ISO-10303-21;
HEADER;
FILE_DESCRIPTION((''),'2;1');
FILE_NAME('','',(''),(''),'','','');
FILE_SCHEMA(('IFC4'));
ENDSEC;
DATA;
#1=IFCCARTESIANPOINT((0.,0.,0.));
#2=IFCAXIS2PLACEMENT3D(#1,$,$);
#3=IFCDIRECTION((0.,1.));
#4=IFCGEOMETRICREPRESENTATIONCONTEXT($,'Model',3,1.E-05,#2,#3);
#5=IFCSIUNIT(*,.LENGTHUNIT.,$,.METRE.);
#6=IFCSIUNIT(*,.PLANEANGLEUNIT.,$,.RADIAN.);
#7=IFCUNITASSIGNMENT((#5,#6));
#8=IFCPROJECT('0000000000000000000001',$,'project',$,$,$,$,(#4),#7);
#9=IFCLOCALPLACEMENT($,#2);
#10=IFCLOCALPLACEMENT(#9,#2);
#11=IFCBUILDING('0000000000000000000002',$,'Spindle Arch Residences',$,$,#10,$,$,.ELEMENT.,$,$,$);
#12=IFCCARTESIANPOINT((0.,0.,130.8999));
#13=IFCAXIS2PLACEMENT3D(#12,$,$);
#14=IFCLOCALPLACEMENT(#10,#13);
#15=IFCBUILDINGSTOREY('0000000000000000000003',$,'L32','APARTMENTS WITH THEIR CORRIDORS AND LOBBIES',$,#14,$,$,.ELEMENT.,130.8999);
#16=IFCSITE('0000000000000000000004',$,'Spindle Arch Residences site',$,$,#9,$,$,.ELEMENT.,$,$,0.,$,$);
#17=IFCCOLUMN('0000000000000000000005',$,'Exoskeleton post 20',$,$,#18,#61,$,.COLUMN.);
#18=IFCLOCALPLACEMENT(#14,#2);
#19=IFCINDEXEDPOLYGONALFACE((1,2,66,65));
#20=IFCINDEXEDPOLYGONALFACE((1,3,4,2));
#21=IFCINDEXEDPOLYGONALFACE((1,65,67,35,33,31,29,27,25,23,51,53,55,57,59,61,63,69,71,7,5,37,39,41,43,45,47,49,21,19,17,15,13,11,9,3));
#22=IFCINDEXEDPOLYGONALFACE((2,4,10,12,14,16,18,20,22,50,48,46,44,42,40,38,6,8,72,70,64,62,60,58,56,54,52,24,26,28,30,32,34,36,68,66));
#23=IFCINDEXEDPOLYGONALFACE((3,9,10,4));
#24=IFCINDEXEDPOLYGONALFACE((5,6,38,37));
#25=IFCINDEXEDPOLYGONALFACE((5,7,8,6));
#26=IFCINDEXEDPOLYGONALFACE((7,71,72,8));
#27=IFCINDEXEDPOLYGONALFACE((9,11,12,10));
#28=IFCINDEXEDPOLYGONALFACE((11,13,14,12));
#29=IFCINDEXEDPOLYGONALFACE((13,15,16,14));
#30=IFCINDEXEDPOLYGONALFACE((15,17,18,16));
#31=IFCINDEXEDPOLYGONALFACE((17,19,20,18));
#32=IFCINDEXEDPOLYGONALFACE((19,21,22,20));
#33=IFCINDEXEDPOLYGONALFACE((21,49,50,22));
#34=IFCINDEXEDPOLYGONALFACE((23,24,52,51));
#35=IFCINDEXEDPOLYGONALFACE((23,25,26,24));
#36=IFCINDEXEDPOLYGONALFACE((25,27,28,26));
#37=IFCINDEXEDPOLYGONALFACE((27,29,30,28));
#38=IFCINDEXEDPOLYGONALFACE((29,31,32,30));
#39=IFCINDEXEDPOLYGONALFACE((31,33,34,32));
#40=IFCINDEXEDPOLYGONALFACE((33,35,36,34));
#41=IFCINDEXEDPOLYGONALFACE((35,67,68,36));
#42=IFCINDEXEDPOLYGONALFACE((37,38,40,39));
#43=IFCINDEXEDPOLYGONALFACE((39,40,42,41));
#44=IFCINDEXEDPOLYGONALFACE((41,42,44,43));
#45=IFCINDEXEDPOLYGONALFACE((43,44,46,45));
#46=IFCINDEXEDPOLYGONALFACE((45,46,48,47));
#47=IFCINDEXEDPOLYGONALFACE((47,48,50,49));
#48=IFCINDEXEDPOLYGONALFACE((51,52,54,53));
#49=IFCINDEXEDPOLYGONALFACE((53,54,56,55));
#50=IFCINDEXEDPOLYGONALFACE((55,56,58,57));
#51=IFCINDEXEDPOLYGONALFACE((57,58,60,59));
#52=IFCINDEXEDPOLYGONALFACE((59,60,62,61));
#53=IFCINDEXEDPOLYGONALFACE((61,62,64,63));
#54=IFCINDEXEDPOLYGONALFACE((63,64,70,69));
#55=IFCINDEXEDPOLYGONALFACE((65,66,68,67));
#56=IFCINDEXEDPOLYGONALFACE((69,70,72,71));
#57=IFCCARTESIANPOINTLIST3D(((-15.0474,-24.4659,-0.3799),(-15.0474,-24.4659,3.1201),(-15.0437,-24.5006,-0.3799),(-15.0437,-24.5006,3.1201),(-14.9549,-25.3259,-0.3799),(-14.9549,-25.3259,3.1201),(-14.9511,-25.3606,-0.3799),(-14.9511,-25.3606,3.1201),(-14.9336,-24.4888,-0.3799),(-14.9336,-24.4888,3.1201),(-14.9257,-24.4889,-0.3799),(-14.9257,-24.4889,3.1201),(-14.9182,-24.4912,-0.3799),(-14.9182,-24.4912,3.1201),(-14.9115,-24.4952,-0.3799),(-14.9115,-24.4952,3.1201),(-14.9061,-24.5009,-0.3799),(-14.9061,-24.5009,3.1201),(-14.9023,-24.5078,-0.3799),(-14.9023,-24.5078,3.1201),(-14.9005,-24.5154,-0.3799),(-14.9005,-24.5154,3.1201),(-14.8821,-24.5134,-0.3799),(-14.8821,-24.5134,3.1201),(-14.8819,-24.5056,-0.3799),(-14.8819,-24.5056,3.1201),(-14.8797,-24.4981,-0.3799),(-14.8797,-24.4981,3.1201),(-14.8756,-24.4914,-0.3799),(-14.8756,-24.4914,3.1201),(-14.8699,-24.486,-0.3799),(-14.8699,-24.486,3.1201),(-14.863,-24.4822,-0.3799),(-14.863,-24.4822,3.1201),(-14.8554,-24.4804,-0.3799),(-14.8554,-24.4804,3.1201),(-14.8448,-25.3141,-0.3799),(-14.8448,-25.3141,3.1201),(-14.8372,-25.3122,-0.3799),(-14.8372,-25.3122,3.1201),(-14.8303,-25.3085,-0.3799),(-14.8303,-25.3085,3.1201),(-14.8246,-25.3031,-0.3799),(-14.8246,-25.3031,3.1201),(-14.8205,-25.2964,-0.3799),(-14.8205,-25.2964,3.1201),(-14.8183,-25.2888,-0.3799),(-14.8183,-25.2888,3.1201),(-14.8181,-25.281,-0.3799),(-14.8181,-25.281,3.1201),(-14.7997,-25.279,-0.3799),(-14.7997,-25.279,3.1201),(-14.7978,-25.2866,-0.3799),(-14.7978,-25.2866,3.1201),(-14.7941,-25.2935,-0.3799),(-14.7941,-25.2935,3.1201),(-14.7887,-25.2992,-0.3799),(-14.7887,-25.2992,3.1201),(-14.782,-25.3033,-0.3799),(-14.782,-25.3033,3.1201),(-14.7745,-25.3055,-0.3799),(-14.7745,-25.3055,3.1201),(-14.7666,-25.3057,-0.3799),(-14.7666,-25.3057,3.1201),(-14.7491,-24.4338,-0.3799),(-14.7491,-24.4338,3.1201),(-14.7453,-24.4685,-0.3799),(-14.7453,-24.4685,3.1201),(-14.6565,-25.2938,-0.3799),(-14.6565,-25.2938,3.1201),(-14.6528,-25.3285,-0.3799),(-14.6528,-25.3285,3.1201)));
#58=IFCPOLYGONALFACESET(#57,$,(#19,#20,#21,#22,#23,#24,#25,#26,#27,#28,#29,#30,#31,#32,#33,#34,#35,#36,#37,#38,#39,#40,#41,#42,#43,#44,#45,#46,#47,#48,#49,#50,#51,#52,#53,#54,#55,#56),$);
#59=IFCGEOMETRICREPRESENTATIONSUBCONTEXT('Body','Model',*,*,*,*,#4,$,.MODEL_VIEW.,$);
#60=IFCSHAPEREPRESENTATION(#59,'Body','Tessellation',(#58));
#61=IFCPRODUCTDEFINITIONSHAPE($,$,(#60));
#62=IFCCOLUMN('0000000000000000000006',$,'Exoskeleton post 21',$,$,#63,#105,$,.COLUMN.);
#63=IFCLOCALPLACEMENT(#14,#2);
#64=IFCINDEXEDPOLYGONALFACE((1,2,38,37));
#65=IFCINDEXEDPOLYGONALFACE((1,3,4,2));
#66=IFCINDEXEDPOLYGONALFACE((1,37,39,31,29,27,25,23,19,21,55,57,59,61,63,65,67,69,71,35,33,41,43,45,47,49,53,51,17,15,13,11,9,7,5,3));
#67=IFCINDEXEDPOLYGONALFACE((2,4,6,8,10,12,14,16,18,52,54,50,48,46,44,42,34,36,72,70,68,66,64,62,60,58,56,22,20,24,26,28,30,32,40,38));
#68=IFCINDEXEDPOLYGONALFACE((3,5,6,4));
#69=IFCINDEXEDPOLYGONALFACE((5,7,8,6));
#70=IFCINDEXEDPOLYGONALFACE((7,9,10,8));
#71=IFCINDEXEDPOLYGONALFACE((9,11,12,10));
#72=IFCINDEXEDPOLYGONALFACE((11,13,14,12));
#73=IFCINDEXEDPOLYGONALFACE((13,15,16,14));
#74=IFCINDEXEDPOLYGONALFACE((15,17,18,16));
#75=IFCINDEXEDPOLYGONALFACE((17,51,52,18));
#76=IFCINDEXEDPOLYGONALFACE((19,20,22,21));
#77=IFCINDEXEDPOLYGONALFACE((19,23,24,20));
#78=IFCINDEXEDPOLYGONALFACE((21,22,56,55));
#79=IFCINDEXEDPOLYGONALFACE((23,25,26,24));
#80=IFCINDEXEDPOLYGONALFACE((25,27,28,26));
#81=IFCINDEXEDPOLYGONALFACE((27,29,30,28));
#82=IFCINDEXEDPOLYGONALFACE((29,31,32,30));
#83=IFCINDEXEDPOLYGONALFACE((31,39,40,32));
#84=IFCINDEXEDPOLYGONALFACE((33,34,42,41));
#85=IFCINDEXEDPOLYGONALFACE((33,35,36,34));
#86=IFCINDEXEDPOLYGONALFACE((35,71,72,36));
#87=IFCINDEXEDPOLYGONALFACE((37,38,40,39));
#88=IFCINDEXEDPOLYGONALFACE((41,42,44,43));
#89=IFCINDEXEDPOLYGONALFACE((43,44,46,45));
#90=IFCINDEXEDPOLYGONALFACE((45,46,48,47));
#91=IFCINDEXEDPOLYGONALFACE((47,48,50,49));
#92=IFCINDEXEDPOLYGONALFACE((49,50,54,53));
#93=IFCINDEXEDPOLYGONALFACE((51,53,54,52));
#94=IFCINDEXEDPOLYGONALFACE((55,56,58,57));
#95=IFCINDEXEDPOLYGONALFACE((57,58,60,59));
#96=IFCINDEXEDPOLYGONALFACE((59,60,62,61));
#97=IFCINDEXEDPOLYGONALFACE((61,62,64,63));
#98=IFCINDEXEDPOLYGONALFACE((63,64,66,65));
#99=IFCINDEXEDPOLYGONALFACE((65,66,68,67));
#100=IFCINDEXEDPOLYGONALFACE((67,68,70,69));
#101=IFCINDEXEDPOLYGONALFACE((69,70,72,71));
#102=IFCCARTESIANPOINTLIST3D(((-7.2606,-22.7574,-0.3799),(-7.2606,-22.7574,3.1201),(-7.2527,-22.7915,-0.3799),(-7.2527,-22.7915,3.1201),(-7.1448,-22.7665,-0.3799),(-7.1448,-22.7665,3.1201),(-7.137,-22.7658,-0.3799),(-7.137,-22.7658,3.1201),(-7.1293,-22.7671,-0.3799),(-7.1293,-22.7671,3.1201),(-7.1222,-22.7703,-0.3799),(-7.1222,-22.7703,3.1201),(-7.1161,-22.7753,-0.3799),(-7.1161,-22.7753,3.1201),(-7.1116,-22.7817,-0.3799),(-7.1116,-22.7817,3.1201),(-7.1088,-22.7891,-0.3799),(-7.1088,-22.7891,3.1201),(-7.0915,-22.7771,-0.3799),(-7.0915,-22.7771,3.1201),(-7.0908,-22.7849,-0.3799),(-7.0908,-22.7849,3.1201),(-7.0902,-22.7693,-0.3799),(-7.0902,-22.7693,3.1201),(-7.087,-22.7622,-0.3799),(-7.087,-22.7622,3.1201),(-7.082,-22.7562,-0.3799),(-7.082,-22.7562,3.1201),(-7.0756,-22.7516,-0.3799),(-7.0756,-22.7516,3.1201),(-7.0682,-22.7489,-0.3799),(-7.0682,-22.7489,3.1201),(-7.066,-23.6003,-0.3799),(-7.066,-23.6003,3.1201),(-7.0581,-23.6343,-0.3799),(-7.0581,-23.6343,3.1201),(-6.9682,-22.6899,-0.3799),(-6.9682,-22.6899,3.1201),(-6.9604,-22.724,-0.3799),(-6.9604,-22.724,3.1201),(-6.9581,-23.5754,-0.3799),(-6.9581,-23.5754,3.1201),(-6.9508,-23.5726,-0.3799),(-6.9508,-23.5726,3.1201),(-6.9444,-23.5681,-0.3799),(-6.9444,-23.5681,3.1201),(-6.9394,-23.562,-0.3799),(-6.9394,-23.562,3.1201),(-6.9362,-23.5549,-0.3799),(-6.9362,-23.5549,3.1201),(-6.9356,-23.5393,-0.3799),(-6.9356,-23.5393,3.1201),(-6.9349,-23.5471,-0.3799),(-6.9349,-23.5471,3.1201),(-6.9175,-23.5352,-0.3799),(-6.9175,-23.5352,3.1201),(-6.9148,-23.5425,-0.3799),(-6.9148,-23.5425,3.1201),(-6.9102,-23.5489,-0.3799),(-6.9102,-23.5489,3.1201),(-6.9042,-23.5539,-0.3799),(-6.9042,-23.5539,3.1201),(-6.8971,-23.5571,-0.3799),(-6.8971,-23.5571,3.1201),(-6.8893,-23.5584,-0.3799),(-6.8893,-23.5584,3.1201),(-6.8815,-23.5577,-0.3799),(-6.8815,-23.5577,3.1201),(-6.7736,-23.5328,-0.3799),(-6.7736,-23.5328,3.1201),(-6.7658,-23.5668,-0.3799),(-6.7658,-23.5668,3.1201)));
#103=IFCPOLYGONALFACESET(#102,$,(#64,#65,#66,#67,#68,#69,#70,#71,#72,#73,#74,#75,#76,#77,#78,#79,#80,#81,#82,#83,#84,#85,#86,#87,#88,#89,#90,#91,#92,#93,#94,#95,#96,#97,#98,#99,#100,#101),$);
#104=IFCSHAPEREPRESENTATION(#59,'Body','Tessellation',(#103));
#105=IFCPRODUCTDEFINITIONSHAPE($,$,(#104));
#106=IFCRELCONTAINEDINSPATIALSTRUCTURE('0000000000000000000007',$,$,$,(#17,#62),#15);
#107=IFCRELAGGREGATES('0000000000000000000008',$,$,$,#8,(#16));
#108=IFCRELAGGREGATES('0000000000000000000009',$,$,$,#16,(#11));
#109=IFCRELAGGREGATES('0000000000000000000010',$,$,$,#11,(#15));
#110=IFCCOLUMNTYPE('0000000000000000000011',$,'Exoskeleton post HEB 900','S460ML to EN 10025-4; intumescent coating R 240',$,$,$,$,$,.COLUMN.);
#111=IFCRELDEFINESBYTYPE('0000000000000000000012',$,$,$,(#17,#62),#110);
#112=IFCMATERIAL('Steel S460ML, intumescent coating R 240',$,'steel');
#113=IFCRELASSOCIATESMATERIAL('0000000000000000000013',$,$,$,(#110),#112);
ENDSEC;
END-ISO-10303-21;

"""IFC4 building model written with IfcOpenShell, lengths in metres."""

from ifc_helpers import new_model, si_unit, direction, frame, origin, origin_2d, place, context, subcontext, project, spatial, i_section, extrude, material, material_profile, profile_set, type_object, element, save


model = new_model("IFC4")

# Units and contexts
model_context = context("Model", 3, precision=1e-05, world=origin(), true_north=direction((0.0, 1.0)))
body_context = subcontext(model_context, "Body", "Model", "MODEL_VIEW")
ifc_project = project(units=[si_unit("LENGTHUNIT", "METRE"), si_unit("PLANEANGLEUNIT", "RADIAN")], contexts=[model_context])

# Site, building, storey
site_placement = place(None, origin())
site = spatial("IfcSite", under=ifc_project, at=site_placement, Name="Spindle Arch Residences site", CompositionType="ELEMENT", RefElevation=0.0)
building_placement = place(site_placement, origin())
building = spatial("IfcBuilding", under=site, at=building_placement, Name="Spindle Arch Residences", CompositionType="ELEMENT")
storey_placement = place(building_placement, frame((0.0, 0.0, 130.8999)))
storey = spatial("IfcBuildingStorey", under=building, at=storey_placement, Name="L32", Description="APARTMENTS WITH THEIR CORRIDORS AND LOBBIES", CompositionType="ELEMENT", Elevation=130.8999)

# Columns
ifc_material_1 = material(Name="Steel S460ML, intumescent coating R 240", Category="steel")
ifc_material_profile_1 = material_profile(ifc_material_1, i_section(OverallWidth=0.3, OverallDepth=0.8999, WebThickness=0.0186, FlangeThickness=0.0349, FilletRadius=0.03, at=origin_2d()), Name="HEB 900")
ifc_profile_set_1 = profile_set([ifc_material_profile_1], Name="Steel S460ML, intumescent coating R 240")
column_type_1 = type_object("IfcColumnType", Name="Exoskeleton post HEB 900", Description="S460ML to EN 10025-4; intumescent coating R 240", PredefinedType="COLUMN", material=ifc_profile_set_1)
for number, where, z_axis, x_axis, name in (
    (1, (-14.8501, -24.8972, -0.3799), (0.0, 0.0, 1.0), (-0.994264, -0.106952, 0.0), "Exoskeleton post 20"),
    (2, (-7.0132, -23.1621, -0.3799), (0.0, 0.0, 1.0), (-0.97437, -0.224951, 0.0), "Exoskeleton post 21"),
):
    element("IfcColumn", number, at=place(storey_placement, frame(where, z_axis=z_axis, x_axis=x_axis)), inside=storey, type_object=column_type_1, Name=name, PredefinedType="COLUMN", context=body_context, shape_type="SweptSolid", body=[
        extrude(i_section(OverallWidth=0.3, OverallDepth=0.8999, WebThickness=0.0186, FlangeThickness=0.0349, FilletRadius=0.03, at=origin_2d()), origin(), (0.0, 0.0, 1.0), 3.5),
    ])

save(model, "model.ifc")
